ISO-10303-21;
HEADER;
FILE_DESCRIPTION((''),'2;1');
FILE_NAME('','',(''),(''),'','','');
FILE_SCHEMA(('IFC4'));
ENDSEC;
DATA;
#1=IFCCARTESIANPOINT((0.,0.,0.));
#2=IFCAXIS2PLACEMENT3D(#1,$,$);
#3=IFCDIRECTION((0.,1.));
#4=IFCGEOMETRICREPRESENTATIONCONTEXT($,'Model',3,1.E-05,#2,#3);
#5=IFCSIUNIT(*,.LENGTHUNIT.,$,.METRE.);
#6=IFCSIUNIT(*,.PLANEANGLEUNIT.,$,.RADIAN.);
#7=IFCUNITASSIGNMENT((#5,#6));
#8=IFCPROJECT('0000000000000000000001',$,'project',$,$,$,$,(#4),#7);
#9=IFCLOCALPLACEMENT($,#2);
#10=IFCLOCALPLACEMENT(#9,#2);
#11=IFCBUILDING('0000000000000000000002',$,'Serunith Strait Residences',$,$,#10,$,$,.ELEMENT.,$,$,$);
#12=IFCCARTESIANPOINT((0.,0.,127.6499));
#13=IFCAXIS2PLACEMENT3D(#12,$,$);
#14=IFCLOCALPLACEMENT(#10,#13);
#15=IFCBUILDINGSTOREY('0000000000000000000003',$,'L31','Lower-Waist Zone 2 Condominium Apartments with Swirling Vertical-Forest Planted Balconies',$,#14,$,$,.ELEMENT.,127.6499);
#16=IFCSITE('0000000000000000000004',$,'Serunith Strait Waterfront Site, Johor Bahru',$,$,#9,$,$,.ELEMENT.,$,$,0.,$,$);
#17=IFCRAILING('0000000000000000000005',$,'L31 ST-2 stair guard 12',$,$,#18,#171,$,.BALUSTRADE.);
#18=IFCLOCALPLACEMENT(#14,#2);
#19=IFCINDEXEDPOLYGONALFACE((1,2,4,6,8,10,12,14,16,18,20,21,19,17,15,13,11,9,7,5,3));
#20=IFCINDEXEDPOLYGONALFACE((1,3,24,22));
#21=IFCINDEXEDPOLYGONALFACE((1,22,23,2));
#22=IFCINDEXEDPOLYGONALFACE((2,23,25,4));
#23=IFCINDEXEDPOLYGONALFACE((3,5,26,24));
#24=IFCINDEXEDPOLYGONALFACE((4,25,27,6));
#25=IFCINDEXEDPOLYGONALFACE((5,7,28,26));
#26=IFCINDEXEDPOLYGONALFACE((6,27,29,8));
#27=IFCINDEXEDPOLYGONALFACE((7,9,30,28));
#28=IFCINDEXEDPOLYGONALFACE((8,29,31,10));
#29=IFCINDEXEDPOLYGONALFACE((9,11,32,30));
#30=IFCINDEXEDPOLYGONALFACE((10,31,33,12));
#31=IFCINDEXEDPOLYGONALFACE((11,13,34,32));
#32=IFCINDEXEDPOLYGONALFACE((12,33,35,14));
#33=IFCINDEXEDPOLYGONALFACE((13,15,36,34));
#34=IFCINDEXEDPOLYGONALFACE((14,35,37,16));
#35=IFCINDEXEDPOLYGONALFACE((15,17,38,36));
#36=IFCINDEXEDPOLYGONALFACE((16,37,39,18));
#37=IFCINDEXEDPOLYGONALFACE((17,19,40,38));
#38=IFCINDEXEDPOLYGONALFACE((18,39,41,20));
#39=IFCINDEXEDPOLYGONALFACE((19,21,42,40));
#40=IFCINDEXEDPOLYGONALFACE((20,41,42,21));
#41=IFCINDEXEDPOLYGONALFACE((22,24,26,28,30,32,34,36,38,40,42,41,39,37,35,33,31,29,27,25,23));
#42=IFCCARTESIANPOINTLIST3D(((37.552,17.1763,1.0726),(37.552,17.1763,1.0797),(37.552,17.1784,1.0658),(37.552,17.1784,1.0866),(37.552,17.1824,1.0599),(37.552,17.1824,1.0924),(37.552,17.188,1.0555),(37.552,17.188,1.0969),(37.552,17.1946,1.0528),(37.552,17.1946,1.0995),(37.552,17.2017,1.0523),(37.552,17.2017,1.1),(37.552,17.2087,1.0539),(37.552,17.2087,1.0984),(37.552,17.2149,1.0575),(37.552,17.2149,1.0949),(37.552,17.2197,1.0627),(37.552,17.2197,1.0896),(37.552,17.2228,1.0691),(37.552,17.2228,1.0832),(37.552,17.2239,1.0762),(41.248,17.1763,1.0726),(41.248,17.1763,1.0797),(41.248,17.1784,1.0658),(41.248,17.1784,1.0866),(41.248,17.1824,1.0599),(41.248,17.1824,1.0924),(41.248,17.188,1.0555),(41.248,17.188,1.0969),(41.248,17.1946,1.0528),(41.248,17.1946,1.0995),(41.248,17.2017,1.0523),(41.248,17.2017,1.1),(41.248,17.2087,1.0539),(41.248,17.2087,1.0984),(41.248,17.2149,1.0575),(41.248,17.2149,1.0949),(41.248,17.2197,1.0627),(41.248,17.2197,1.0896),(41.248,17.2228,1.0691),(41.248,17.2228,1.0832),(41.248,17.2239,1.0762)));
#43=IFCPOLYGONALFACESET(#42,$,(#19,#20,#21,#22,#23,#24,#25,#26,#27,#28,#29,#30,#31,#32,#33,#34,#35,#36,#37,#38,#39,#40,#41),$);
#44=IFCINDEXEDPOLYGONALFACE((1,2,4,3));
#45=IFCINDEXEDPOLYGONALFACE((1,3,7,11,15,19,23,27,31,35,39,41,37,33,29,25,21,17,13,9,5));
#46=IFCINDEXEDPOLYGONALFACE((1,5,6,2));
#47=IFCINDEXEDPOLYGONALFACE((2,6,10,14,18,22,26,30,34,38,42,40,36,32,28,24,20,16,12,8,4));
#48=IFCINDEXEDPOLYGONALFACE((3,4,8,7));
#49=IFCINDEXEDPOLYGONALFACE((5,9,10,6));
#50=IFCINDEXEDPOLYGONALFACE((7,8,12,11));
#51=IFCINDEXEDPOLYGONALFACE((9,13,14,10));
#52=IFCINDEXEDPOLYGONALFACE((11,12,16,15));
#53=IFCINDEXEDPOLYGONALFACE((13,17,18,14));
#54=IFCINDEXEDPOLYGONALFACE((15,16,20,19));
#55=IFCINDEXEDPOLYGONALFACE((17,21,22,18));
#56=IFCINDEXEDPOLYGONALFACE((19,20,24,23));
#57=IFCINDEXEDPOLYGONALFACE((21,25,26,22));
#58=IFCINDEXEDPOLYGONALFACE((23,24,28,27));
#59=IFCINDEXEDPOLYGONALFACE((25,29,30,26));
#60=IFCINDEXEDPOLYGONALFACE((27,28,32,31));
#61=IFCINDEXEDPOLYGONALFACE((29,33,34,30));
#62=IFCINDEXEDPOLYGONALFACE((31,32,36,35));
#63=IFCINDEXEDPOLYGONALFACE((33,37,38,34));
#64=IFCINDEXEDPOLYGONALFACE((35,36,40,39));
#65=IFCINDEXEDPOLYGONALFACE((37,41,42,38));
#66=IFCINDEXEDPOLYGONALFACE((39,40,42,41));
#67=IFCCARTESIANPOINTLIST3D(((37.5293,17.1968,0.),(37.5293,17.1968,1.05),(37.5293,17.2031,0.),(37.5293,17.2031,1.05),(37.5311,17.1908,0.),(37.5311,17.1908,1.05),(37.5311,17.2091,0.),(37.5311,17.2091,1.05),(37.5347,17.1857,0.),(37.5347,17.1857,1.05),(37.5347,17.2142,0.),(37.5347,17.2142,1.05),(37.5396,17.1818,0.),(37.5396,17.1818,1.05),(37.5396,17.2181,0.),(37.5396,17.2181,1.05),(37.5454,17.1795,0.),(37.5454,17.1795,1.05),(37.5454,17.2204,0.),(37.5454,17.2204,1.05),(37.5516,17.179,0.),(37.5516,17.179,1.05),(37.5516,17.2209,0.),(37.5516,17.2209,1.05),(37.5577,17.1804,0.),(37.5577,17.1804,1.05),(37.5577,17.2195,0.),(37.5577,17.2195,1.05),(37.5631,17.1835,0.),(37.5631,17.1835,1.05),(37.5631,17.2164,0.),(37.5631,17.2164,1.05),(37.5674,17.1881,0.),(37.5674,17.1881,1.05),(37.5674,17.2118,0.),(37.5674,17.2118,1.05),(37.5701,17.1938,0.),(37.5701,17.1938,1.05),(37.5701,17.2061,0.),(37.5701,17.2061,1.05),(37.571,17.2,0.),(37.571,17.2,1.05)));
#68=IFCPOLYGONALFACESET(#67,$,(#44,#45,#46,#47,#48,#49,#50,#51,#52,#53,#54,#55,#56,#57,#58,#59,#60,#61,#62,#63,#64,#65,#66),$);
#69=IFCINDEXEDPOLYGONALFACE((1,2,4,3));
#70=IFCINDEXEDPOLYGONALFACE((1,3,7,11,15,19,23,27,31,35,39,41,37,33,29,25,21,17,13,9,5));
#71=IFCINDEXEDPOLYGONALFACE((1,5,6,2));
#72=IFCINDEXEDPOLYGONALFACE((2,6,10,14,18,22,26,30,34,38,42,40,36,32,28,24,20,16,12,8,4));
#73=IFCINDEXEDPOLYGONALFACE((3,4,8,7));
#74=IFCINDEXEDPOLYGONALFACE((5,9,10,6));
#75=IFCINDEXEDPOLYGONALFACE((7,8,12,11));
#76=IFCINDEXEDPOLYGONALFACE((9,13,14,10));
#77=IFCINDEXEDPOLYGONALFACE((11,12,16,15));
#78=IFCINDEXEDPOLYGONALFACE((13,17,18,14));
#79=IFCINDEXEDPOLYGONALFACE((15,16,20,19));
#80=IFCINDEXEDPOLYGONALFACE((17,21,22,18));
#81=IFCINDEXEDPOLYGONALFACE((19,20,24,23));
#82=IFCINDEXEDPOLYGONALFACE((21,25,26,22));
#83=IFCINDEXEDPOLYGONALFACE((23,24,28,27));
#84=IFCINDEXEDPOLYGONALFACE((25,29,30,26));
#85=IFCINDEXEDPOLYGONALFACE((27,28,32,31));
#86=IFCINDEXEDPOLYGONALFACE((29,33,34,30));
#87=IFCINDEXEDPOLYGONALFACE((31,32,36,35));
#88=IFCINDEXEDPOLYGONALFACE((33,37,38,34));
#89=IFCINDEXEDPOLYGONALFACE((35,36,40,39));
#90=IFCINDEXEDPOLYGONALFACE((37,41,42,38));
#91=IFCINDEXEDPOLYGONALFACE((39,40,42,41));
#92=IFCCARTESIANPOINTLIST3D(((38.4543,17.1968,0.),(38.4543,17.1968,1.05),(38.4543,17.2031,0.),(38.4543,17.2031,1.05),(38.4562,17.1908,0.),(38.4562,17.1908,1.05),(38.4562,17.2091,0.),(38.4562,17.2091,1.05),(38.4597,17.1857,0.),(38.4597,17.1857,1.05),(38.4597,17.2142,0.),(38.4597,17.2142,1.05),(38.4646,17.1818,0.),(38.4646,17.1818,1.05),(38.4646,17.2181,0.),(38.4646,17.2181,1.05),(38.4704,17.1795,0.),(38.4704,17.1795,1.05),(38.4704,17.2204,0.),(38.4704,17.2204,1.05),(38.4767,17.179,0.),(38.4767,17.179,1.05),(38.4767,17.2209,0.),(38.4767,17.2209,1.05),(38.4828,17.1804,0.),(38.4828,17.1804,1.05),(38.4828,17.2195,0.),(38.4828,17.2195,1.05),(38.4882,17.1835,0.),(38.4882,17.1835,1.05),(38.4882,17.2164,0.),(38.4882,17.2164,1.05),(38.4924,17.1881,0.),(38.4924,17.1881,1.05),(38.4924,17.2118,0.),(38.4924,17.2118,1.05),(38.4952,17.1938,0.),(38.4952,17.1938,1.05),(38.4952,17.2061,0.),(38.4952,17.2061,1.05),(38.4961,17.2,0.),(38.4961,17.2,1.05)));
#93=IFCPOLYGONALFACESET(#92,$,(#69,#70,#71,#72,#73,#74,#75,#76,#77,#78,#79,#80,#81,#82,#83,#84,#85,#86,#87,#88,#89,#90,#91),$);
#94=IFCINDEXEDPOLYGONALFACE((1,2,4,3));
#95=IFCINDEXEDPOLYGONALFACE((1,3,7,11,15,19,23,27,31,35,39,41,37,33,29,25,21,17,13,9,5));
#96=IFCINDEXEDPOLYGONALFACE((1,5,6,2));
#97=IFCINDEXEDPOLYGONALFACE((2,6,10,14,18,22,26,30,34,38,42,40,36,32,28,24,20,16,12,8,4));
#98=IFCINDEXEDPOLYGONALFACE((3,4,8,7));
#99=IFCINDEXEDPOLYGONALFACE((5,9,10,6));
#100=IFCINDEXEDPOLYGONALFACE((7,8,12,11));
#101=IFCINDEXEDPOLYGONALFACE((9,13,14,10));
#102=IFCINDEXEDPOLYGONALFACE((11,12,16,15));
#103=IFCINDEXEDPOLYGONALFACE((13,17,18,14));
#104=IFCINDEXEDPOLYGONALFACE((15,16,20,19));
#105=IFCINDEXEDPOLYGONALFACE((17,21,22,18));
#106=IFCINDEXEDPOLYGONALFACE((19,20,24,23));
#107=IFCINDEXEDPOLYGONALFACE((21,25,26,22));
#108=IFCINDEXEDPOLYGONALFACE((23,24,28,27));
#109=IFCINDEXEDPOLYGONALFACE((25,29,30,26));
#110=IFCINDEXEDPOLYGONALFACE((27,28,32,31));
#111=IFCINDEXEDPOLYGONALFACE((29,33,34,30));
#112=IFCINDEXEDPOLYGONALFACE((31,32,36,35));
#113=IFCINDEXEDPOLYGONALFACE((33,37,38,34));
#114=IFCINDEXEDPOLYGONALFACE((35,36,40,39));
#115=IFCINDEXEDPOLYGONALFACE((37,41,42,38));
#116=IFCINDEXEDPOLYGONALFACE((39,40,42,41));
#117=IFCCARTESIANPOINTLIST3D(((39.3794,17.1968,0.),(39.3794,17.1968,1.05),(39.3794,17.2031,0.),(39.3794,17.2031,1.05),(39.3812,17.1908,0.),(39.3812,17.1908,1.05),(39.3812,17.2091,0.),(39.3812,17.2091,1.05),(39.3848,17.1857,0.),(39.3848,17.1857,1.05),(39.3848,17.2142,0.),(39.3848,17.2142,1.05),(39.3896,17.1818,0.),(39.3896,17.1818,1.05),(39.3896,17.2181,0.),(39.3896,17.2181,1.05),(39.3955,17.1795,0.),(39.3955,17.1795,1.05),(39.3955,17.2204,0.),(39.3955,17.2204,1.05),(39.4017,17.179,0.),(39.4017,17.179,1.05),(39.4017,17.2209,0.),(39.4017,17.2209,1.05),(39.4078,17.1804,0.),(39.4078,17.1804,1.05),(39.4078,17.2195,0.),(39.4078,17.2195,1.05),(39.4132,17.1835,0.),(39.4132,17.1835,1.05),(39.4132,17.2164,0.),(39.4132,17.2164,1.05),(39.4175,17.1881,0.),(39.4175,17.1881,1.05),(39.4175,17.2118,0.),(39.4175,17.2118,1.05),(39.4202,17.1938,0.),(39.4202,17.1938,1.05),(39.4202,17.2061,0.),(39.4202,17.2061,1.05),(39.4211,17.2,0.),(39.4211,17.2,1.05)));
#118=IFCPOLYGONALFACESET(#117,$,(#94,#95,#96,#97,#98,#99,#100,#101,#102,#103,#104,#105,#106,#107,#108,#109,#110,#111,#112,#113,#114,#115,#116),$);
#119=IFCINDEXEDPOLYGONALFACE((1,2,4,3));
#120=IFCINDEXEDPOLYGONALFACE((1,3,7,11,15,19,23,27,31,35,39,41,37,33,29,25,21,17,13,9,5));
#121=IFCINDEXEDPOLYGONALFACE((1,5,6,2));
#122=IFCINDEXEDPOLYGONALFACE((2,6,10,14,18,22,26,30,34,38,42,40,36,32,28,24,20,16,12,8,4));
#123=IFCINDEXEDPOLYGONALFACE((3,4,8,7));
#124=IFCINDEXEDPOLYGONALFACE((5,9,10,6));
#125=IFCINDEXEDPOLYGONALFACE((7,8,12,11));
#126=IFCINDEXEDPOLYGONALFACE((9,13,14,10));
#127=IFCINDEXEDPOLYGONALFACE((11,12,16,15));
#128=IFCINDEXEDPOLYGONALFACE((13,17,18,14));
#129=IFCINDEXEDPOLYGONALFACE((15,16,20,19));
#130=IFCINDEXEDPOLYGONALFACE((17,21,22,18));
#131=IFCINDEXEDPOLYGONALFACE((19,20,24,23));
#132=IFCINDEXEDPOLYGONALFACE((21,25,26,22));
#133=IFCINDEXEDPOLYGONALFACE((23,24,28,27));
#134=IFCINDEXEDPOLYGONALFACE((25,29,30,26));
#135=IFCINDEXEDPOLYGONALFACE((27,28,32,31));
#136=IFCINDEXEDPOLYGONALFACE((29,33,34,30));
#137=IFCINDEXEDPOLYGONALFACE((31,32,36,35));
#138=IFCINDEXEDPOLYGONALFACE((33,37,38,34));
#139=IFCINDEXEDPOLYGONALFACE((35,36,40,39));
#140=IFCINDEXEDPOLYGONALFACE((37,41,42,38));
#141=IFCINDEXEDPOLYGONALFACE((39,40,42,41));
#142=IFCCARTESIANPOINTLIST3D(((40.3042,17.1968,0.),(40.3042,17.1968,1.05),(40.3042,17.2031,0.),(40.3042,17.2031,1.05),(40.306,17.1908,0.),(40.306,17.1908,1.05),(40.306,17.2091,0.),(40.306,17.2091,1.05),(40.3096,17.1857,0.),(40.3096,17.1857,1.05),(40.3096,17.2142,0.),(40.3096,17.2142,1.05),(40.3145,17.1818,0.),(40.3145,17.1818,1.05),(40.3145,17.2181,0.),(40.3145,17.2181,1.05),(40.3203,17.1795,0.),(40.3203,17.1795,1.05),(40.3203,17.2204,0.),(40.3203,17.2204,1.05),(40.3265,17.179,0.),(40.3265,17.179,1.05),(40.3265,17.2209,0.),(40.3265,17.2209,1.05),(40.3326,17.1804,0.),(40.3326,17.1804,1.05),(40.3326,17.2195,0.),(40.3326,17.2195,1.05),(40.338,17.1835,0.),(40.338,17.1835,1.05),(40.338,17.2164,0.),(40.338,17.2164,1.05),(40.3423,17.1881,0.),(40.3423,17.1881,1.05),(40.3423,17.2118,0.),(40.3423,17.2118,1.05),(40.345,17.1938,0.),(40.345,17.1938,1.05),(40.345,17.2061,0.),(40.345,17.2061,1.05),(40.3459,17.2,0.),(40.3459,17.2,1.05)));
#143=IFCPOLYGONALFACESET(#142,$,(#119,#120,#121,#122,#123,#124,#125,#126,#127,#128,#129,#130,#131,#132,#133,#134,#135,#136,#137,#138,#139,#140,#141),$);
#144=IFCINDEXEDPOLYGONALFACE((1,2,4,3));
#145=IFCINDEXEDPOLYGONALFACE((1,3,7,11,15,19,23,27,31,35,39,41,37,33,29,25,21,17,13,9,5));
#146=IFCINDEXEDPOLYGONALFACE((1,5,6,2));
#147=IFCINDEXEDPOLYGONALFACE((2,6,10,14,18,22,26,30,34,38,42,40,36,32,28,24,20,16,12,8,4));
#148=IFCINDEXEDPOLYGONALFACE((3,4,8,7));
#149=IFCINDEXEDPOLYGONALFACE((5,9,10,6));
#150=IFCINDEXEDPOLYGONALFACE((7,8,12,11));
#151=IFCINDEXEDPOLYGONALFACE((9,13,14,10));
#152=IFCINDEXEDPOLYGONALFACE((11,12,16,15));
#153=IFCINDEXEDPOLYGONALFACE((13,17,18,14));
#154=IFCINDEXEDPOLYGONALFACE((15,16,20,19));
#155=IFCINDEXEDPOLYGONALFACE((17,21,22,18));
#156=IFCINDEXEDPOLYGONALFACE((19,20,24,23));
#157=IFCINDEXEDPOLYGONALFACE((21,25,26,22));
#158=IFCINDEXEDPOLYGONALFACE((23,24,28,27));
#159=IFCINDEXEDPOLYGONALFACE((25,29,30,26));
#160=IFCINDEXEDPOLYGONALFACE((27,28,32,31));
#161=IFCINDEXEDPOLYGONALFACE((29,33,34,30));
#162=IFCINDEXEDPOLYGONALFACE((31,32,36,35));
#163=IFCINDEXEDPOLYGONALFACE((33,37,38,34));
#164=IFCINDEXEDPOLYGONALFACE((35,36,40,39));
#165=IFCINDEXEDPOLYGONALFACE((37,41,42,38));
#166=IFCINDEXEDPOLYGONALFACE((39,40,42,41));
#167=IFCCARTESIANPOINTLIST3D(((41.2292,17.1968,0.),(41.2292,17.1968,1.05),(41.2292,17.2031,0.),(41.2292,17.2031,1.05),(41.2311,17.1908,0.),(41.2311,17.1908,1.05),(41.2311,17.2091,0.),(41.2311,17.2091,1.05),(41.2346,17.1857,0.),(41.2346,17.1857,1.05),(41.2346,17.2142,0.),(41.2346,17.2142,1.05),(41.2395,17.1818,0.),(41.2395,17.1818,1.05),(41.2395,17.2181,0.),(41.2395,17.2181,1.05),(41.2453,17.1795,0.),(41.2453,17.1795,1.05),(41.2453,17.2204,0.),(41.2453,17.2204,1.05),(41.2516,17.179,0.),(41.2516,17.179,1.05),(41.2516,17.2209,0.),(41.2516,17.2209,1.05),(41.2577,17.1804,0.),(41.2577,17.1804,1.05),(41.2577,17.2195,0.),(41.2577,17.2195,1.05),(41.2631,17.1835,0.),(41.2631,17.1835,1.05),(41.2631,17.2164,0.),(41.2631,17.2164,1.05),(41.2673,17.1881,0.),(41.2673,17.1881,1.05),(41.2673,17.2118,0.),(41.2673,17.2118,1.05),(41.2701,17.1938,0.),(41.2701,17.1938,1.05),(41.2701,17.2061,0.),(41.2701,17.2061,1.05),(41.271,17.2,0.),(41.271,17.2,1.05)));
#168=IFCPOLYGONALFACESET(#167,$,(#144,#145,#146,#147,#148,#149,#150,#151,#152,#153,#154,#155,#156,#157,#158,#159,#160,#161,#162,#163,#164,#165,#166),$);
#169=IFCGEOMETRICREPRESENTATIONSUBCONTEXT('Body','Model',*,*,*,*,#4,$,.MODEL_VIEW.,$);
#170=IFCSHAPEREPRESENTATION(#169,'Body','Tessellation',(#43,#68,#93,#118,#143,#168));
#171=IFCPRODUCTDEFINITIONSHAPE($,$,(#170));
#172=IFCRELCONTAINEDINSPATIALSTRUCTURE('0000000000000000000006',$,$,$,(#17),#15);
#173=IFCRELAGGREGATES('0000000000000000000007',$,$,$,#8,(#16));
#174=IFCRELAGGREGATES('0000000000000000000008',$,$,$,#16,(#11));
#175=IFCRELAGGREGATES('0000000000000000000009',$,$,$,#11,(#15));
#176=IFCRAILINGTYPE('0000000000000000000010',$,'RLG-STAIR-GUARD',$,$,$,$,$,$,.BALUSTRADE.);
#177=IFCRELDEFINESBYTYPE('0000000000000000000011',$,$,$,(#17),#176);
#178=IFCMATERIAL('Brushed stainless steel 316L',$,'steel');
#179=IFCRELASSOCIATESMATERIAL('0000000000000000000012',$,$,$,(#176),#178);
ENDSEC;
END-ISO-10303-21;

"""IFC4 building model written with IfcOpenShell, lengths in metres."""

from ifc_helpers import new_model, si_unit, direction, frame, origin, origin_2d, place, context, subcontext, project, spatial, circle, extrude, material, type_object, element, save


model = new_model("IFC4")

# Units and contexts
model_context = context("Model", 3, precision=1e-05, world=origin(), true_north=direction((0.0, 1.0)))
body_context = subcontext(model_context, "Body", "Model", "MODEL_VIEW")
ifc_project = project(units=[si_unit("LENGTHUNIT", "METRE"), si_unit("PLANEANGLEUNIT", "RADIAN")], contexts=[model_context])

# Site, building, storey
site_placement = place(None, origin())
site = spatial("IfcSite", under=ifc_project, at=site_placement, Name="Serunith Strait Waterfront Site, Johor Bahru", CompositionType="ELEMENT", RefElevation=0.0)
building_placement = place(site_placement, origin())
building = spatial("IfcBuilding", under=site, at=building_placement, Name="Serunith Strait Residences", CompositionType="ELEMENT")
storey_placement = place(building_placement, frame((0.0, 0.0, 127.6499)))
storey = spatial("IfcBuildingStorey", under=building, at=storey_placement, Name="L31", Description="Lower-Waist Zone 2 Condominium Apartments with Swirling Vertical-Forest Planted Balconies", CompositionType="ELEMENT", Elevation=127.6499)

# Railing
ifc_material_1 = material(Name="Brushed stainless steel 316L", Category="steel")
railing_type_1 = type_object("IfcRailingType", Name="RLG-STAIR-GUARD", PredefinedType="BALUSTRADE", material=ifc_material_1)
railing_1_placement = place(storey_placement, frame((37.55, 17.2, 0.0)))
element("IfcRailing", 1, at=railing_1_placement, inside=storey, type_object=railing_type_1, Name="L31 ST-2 stair guard 12", PredefinedType="BALUSTRADE", context=body_context, shape_type="SweptSolid", body=[
    extrude(circle(Radius=0.0239, at=origin_2d()), frame((0.002, 0.0, 1.0762), z_axis=(1.0, 0.0, 0.0), x_axis=(0.0, 1.0, 0.0)), (0.0, 0.0, 1.0), 3.696),
    extrude(circle(Radius=0.021, at=origin_2d()), origin(), (0.0, 0.0, 1.0), 1.05),
    extrude(circle(Radius=0.021, at=origin_2d()), frame((0.925, 0.0, 0.0)), (0.0, 0.0, 1.0), 1.05),
    extrude(circle(Radius=0.021, at=origin_2d()), frame((1.8501, 0.0, 0.0)), (0.0, 0.0, 1.0), 1.05),
    extrude(circle(Radius=0.021, at=origin_2d()), frame((2.7749, 0.0, 0.0)), (0.0, 0.0, 1.0), 1.05),
    extrude(circle(Radius=0.021, at=origin_2d()), frame((3.7, 0.0, 0.0)), (0.0, 0.0, 1.0), 1.05),
])

save(model, "model.ifc")
